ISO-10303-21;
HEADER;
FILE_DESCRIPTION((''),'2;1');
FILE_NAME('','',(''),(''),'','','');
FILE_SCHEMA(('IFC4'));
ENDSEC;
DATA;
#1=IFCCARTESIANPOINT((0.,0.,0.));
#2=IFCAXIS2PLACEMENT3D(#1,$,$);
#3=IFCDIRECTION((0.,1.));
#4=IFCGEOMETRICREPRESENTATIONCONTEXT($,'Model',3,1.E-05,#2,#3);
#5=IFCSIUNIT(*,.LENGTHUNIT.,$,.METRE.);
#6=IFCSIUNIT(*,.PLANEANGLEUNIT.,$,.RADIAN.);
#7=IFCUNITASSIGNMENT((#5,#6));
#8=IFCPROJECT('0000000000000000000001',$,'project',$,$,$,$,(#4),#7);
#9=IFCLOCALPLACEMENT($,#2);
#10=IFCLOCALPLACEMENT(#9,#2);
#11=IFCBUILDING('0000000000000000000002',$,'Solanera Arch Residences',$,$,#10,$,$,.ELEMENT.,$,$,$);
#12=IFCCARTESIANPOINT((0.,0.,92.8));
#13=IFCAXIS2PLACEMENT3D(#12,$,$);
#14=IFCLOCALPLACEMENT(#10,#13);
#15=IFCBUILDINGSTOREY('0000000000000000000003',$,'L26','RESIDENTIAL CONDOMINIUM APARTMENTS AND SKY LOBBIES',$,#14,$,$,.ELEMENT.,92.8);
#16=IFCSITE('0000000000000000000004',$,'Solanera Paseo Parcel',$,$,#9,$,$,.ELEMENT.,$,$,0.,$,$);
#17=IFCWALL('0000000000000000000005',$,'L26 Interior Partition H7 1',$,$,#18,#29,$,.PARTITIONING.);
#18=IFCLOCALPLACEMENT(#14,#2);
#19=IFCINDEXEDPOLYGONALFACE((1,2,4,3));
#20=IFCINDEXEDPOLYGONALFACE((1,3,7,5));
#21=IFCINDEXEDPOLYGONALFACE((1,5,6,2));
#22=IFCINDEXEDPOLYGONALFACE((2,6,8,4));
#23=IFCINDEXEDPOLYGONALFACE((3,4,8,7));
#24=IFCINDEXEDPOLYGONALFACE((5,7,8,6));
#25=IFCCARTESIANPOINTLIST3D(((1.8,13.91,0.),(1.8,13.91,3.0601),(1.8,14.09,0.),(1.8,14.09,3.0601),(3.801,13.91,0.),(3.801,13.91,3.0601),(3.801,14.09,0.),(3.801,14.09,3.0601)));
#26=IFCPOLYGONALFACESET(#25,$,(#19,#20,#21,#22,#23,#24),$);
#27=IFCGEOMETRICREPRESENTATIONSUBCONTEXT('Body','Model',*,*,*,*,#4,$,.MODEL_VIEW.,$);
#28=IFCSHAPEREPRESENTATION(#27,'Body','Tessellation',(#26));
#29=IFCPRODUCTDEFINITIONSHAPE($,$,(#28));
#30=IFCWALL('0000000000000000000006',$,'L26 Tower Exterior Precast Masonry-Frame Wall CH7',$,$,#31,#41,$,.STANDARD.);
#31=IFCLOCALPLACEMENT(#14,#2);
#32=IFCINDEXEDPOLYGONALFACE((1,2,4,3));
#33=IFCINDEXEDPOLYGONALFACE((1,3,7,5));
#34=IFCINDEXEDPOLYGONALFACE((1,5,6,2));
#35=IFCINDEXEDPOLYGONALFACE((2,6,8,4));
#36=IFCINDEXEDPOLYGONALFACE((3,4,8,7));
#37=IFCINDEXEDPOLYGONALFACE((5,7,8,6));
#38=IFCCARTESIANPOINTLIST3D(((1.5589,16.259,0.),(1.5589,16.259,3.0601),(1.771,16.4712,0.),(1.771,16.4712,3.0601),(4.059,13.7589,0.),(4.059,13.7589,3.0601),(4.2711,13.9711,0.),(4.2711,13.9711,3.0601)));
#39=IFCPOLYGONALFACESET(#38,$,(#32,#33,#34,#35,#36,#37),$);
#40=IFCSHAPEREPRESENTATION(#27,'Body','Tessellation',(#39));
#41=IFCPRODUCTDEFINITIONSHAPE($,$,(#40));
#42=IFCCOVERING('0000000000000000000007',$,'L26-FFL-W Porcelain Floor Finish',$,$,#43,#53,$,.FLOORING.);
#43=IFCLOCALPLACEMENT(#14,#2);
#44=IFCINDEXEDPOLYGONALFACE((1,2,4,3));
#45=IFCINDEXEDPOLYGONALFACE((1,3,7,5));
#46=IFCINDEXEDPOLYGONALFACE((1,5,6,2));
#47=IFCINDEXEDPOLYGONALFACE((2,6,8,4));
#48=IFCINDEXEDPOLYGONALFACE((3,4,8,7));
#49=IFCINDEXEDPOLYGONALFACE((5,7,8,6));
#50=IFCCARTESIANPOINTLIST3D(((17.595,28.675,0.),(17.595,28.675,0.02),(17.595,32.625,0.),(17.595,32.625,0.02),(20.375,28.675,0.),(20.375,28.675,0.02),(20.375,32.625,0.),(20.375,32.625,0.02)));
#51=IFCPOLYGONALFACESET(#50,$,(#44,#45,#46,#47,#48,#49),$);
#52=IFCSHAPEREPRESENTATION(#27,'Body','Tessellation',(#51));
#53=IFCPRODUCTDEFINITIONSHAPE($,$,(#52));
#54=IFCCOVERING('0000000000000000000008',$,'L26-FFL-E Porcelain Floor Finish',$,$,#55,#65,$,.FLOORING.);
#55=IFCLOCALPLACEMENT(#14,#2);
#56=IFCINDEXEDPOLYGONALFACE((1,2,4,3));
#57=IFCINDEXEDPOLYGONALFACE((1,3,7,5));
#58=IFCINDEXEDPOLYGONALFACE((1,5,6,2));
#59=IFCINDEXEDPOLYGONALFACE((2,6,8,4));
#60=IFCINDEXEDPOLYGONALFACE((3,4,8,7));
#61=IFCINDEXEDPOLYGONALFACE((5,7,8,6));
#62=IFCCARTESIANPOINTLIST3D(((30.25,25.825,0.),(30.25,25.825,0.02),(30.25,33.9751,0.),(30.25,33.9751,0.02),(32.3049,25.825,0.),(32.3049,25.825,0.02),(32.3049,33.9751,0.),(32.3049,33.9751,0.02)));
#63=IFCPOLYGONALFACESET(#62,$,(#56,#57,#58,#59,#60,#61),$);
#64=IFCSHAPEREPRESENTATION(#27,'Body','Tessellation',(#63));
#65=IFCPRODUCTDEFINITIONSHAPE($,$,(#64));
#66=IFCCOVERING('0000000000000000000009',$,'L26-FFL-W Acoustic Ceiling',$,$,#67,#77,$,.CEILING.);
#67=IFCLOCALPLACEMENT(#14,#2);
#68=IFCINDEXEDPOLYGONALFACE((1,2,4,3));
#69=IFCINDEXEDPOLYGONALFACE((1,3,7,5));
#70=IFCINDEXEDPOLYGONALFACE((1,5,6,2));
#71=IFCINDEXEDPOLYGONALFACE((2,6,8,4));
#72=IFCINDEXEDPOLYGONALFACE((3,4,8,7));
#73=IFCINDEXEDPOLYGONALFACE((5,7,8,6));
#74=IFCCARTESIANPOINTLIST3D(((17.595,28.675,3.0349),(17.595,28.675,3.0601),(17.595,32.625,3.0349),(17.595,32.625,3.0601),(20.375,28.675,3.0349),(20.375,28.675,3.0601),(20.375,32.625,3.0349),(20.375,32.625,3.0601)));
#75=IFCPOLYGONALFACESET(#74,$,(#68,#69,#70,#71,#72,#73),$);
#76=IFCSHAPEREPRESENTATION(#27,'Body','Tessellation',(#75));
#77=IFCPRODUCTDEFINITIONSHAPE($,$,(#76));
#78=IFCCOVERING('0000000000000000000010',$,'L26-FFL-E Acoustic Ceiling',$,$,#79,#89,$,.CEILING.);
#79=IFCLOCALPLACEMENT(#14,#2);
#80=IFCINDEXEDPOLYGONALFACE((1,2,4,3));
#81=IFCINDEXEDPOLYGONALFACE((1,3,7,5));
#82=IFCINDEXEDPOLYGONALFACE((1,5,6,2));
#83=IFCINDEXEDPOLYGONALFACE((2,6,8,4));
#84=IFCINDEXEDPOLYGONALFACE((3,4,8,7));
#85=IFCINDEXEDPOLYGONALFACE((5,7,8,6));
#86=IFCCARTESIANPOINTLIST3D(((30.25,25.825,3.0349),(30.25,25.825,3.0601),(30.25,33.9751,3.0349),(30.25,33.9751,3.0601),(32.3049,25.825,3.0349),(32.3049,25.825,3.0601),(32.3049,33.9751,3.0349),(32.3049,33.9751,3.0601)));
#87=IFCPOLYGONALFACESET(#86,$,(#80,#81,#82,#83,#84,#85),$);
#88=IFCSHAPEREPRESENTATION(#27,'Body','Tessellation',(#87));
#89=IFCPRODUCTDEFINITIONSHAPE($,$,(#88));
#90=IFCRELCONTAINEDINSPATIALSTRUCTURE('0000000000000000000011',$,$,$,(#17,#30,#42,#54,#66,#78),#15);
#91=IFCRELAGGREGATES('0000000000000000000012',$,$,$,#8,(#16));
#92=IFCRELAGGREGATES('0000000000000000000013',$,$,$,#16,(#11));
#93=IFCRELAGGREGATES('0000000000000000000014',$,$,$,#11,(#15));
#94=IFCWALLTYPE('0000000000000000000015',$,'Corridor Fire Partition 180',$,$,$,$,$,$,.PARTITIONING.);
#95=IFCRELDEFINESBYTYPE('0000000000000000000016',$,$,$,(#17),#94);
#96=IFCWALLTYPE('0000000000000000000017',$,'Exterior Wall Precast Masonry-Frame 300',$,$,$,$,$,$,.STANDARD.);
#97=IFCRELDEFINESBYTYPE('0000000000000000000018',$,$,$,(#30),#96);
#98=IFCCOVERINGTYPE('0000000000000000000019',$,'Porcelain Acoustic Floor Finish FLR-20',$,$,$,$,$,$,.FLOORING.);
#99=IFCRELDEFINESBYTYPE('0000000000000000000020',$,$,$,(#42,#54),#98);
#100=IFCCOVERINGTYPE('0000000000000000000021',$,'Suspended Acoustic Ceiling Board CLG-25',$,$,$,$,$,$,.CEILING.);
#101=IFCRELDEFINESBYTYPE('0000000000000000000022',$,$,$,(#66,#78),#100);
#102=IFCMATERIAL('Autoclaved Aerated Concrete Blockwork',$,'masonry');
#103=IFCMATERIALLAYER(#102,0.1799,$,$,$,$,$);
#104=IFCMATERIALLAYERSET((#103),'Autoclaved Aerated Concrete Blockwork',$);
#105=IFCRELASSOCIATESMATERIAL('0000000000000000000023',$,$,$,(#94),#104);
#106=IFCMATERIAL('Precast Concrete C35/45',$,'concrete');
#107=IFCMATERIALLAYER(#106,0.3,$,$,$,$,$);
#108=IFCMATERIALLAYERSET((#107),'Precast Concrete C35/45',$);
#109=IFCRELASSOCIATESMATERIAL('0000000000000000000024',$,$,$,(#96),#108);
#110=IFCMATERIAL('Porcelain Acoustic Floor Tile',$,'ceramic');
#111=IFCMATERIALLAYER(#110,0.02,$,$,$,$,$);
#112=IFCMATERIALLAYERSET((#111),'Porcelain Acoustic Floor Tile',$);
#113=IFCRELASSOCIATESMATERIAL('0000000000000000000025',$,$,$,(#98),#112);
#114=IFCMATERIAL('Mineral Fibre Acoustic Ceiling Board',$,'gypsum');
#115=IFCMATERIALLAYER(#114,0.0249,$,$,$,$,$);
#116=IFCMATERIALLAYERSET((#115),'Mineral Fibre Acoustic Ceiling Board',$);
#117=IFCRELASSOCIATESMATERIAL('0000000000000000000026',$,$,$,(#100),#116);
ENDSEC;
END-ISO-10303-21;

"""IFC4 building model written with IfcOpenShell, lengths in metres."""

from ifc_helpers import new_model, si_unit, direction, frame, frame_2d, origin, place, context, subcontext, project, spatial, polyline, rectangle, outline, extrude, material, layer, layer_set, type_object, element, save


model = new_model("IFC4")

# Units and contexts
model_context = context("Model", 3, precision=1e-05, world=origin(), true_north=direction((0.0, 1.0)))
body_context = subcontext(model_context, "Body", "Model", "MODEL_VIEW")
ifc_project = project(units=[si_unit("LENGTHUNIT", "METRE"), si_unit("PLANEANGLEUNIT", "RADIAN")], contexts=[model_context])

# Site, building, storey
site_placement = place(None, origin())
site = spatial("IfcSite", under=ifc_project, at=site_placement, Name="Solanera Paseo Parcel", CompositionType="ELEMENT", RefElevation=0.0)
building_placement = place(site_placement, origin())
building = spatial("IfcBuilding", under=site, at=building_placement, Name="Solanera Arch Residences", CompositionType="ELEMENT")
storey_placement = place(building_placement, frame((0.0, 0.0, 92.8)))
storey = spatial("IfcBuildingStorey", under=building, at=storey_placement, Name="L26", Description="RESIDENTIAL CONDOMINIUM APARTMENTS AND SKY LOBBIES", CompositionType="ELEMENT", Elevation=92.8)

# Walls
ifc_material_1 = material(Name="Autoclaved Aerated Concrete Blockwork", Category="masonry")
ifc_layer_1 = layer(ifc_material_1, 0.1799)
ifc_layer_set_1 = layer_set([ifc_layer_1], Name="Autoclaved Aerated Concrete Blockwork")
wall_type_1 = type_object("IfcWallType", Name="Corridor Fire Partition 180", PredefinedType="PARTITIONING", material=ifc_layer_set_1)
wall_1_placement = place(storey_placement, frame((1.8, 14.0, 0.0), z_axis=(0.0, 0.0, 1.0), x_axis=(1.0, 0.0, 0.0)))
element("IfcWall", 1, at=wall_1_placement, inside=storey, type_object=wall_type_1, Name="L26 Interior Partition H7 1", PredefinedType="PARTITIONING", context=body_context, shape_type="SweptSolid", body=[
    extrude(rectangle(XDim=2.001, YDim=0.1799, at=frame_2d((1.0005, 0.0))), origin(), (0.0, 0.0, 1.0), 3.0601),
])
ifc_material_2 = material(Name="Precast Concrete C35/45", Category="concrete")
ifc_layer_2 = layer(ifc_material_2, 0.3)
ifc_layer_set_2 = layer_set([ifc_layer_2], Name="Precast Concrete C35/45")
wall_type_2 = type_object("IfcWallType", Name="Exterior Wall Precast Masonry-Frame 300", PredefinedType="STANDARD", material=ifc_layer_set_2)
wall_2_placement = place(storey_placement, frame((4.165, 13.865, 0.0), z_axis=(0.0, 0.0, 1.0), x_axis=(-0.707107, 0.707107, 0.0)))
element("IfcWall", 2, at=wall_2_placement, inside=storey, type_object=wall_type_2, Name="L26 Tower Exterior Precast Masonry-Frame Wall CH7", PredefinedType="STANDARD", context=body_context, shape_type="SweptSolid", body=[
    extrude(rectangle(XDim=3.5356, YDim=0.3, at=frame_2d((1.7678, 0.0))), origin(), (0.0, 0.0, 1.0), 3.0601),
])

# Coverings
ifc_material_3 = material(Name="Porcelain Acoustic Floor Tile", Category="ceramic")
ifc_layer_3 = layer(ifc_material_3, 0.02)
ifc_layer_set_3 = layer_set([ifc_layer_3], Name="Porcelain Acoustic Floor Tile")
covering_type_1 = type_object("IfcCoveringType", Name="Porcelain Acoustic Floor Finish FLR-20", PredefinedType="FLOORING", material=ifc_layer_set_3)
covering_1_placement = place(storey_placement, origin())
element("IfcCovering", 3, at=covering_1_placement, inside=storey, type_object=covering_type_1, Name="L26-FFL-W Porcelain Floor Finish", PredefinedType="FLOORING", context=body_context, shape_type="SweptSolid", body=[
    extrude(outline(polyline([(20.375, 28.675), (17.595, 28.675), (17.595, 32.625), (20.375, 32.625), (20.375, 28.675)])), origin(), (0.0, 0.0, 1.0), 0.02),
])
covering_2_placement = place(storey_placement, origin())
element("IfcCovering", 4, at=covering_2_placement, inside=storey, type_object=covering_type_1, Name="L26-FFL-E Porcelain Floor Finish", PredefinedType="FLOORING", context=body_context, shape_type="SweptSolid", body=[
    extrude(outline(polyline([(32.3049, 25.825), (30.25, 25.825), (30.25, 33.9751), (32.3049, 33.9751), (32.3049, 25.825)])), origin(), (0.0, 0.0, 1.0), 0.02),
])
ifc_material_4 = material(Name="Mineral Fibre Acoustic Ceiling Board", Category="gypsum")
ifc_layer_4 = layer(ifc_material_4, 0.0249)
ifc_layer_set_4 = layer_set([ifc_layer_4], Name="Mineral Fibre Acoustic Ceiling Board")
covering_type_2 = type_object("IfcCoveringType", Name="Suspended Acoustic Ceiling Board CLG-25", PredefinedType="CEILING", material=ifc_layer_set_4)
covering_3_placement = place(storey_placement, frame((0.0, 0.0, 3.0349)))
element("IfcCovering", 5, at=covering_3_placement, inside=storey, type_object=covering_type_2, Name="L26-FFL-W Acoustic Ceiling", PredefinedType="CEILING", context=body_context, shape_type="SweptSolid", body=[
    extrude(outline(polyline([(20.375, 28.675), (17.595, 28.675), (17.595, 32.625), (20.375, 32.625), (20.375, 28.675)])), origin(), (0.0, 0.0, 1.0), 0.0251),
])
covering_4_placement = place(storey_placement, frame((0.0, 0.0, 3.0349)))
element("IfcCovering", 6, at=covering_4_placement, inside=storey, type_object=covering_type_2, Name="L26-FFL-E Acoustic Ceiling", PredefinedType="CEILING", context=body_context, shape_type="SweptSolid", body=[
    extrude(outline(polyline([(32.3049, 25.825), (30.25, 25.825), (30.25, 33.9751), (32.3049, 33.9751), (32.3049, 25.825)])), origin(), (0.0, 0.0, 1.0), 0.0251),
])

save(model, "model.ifc")
